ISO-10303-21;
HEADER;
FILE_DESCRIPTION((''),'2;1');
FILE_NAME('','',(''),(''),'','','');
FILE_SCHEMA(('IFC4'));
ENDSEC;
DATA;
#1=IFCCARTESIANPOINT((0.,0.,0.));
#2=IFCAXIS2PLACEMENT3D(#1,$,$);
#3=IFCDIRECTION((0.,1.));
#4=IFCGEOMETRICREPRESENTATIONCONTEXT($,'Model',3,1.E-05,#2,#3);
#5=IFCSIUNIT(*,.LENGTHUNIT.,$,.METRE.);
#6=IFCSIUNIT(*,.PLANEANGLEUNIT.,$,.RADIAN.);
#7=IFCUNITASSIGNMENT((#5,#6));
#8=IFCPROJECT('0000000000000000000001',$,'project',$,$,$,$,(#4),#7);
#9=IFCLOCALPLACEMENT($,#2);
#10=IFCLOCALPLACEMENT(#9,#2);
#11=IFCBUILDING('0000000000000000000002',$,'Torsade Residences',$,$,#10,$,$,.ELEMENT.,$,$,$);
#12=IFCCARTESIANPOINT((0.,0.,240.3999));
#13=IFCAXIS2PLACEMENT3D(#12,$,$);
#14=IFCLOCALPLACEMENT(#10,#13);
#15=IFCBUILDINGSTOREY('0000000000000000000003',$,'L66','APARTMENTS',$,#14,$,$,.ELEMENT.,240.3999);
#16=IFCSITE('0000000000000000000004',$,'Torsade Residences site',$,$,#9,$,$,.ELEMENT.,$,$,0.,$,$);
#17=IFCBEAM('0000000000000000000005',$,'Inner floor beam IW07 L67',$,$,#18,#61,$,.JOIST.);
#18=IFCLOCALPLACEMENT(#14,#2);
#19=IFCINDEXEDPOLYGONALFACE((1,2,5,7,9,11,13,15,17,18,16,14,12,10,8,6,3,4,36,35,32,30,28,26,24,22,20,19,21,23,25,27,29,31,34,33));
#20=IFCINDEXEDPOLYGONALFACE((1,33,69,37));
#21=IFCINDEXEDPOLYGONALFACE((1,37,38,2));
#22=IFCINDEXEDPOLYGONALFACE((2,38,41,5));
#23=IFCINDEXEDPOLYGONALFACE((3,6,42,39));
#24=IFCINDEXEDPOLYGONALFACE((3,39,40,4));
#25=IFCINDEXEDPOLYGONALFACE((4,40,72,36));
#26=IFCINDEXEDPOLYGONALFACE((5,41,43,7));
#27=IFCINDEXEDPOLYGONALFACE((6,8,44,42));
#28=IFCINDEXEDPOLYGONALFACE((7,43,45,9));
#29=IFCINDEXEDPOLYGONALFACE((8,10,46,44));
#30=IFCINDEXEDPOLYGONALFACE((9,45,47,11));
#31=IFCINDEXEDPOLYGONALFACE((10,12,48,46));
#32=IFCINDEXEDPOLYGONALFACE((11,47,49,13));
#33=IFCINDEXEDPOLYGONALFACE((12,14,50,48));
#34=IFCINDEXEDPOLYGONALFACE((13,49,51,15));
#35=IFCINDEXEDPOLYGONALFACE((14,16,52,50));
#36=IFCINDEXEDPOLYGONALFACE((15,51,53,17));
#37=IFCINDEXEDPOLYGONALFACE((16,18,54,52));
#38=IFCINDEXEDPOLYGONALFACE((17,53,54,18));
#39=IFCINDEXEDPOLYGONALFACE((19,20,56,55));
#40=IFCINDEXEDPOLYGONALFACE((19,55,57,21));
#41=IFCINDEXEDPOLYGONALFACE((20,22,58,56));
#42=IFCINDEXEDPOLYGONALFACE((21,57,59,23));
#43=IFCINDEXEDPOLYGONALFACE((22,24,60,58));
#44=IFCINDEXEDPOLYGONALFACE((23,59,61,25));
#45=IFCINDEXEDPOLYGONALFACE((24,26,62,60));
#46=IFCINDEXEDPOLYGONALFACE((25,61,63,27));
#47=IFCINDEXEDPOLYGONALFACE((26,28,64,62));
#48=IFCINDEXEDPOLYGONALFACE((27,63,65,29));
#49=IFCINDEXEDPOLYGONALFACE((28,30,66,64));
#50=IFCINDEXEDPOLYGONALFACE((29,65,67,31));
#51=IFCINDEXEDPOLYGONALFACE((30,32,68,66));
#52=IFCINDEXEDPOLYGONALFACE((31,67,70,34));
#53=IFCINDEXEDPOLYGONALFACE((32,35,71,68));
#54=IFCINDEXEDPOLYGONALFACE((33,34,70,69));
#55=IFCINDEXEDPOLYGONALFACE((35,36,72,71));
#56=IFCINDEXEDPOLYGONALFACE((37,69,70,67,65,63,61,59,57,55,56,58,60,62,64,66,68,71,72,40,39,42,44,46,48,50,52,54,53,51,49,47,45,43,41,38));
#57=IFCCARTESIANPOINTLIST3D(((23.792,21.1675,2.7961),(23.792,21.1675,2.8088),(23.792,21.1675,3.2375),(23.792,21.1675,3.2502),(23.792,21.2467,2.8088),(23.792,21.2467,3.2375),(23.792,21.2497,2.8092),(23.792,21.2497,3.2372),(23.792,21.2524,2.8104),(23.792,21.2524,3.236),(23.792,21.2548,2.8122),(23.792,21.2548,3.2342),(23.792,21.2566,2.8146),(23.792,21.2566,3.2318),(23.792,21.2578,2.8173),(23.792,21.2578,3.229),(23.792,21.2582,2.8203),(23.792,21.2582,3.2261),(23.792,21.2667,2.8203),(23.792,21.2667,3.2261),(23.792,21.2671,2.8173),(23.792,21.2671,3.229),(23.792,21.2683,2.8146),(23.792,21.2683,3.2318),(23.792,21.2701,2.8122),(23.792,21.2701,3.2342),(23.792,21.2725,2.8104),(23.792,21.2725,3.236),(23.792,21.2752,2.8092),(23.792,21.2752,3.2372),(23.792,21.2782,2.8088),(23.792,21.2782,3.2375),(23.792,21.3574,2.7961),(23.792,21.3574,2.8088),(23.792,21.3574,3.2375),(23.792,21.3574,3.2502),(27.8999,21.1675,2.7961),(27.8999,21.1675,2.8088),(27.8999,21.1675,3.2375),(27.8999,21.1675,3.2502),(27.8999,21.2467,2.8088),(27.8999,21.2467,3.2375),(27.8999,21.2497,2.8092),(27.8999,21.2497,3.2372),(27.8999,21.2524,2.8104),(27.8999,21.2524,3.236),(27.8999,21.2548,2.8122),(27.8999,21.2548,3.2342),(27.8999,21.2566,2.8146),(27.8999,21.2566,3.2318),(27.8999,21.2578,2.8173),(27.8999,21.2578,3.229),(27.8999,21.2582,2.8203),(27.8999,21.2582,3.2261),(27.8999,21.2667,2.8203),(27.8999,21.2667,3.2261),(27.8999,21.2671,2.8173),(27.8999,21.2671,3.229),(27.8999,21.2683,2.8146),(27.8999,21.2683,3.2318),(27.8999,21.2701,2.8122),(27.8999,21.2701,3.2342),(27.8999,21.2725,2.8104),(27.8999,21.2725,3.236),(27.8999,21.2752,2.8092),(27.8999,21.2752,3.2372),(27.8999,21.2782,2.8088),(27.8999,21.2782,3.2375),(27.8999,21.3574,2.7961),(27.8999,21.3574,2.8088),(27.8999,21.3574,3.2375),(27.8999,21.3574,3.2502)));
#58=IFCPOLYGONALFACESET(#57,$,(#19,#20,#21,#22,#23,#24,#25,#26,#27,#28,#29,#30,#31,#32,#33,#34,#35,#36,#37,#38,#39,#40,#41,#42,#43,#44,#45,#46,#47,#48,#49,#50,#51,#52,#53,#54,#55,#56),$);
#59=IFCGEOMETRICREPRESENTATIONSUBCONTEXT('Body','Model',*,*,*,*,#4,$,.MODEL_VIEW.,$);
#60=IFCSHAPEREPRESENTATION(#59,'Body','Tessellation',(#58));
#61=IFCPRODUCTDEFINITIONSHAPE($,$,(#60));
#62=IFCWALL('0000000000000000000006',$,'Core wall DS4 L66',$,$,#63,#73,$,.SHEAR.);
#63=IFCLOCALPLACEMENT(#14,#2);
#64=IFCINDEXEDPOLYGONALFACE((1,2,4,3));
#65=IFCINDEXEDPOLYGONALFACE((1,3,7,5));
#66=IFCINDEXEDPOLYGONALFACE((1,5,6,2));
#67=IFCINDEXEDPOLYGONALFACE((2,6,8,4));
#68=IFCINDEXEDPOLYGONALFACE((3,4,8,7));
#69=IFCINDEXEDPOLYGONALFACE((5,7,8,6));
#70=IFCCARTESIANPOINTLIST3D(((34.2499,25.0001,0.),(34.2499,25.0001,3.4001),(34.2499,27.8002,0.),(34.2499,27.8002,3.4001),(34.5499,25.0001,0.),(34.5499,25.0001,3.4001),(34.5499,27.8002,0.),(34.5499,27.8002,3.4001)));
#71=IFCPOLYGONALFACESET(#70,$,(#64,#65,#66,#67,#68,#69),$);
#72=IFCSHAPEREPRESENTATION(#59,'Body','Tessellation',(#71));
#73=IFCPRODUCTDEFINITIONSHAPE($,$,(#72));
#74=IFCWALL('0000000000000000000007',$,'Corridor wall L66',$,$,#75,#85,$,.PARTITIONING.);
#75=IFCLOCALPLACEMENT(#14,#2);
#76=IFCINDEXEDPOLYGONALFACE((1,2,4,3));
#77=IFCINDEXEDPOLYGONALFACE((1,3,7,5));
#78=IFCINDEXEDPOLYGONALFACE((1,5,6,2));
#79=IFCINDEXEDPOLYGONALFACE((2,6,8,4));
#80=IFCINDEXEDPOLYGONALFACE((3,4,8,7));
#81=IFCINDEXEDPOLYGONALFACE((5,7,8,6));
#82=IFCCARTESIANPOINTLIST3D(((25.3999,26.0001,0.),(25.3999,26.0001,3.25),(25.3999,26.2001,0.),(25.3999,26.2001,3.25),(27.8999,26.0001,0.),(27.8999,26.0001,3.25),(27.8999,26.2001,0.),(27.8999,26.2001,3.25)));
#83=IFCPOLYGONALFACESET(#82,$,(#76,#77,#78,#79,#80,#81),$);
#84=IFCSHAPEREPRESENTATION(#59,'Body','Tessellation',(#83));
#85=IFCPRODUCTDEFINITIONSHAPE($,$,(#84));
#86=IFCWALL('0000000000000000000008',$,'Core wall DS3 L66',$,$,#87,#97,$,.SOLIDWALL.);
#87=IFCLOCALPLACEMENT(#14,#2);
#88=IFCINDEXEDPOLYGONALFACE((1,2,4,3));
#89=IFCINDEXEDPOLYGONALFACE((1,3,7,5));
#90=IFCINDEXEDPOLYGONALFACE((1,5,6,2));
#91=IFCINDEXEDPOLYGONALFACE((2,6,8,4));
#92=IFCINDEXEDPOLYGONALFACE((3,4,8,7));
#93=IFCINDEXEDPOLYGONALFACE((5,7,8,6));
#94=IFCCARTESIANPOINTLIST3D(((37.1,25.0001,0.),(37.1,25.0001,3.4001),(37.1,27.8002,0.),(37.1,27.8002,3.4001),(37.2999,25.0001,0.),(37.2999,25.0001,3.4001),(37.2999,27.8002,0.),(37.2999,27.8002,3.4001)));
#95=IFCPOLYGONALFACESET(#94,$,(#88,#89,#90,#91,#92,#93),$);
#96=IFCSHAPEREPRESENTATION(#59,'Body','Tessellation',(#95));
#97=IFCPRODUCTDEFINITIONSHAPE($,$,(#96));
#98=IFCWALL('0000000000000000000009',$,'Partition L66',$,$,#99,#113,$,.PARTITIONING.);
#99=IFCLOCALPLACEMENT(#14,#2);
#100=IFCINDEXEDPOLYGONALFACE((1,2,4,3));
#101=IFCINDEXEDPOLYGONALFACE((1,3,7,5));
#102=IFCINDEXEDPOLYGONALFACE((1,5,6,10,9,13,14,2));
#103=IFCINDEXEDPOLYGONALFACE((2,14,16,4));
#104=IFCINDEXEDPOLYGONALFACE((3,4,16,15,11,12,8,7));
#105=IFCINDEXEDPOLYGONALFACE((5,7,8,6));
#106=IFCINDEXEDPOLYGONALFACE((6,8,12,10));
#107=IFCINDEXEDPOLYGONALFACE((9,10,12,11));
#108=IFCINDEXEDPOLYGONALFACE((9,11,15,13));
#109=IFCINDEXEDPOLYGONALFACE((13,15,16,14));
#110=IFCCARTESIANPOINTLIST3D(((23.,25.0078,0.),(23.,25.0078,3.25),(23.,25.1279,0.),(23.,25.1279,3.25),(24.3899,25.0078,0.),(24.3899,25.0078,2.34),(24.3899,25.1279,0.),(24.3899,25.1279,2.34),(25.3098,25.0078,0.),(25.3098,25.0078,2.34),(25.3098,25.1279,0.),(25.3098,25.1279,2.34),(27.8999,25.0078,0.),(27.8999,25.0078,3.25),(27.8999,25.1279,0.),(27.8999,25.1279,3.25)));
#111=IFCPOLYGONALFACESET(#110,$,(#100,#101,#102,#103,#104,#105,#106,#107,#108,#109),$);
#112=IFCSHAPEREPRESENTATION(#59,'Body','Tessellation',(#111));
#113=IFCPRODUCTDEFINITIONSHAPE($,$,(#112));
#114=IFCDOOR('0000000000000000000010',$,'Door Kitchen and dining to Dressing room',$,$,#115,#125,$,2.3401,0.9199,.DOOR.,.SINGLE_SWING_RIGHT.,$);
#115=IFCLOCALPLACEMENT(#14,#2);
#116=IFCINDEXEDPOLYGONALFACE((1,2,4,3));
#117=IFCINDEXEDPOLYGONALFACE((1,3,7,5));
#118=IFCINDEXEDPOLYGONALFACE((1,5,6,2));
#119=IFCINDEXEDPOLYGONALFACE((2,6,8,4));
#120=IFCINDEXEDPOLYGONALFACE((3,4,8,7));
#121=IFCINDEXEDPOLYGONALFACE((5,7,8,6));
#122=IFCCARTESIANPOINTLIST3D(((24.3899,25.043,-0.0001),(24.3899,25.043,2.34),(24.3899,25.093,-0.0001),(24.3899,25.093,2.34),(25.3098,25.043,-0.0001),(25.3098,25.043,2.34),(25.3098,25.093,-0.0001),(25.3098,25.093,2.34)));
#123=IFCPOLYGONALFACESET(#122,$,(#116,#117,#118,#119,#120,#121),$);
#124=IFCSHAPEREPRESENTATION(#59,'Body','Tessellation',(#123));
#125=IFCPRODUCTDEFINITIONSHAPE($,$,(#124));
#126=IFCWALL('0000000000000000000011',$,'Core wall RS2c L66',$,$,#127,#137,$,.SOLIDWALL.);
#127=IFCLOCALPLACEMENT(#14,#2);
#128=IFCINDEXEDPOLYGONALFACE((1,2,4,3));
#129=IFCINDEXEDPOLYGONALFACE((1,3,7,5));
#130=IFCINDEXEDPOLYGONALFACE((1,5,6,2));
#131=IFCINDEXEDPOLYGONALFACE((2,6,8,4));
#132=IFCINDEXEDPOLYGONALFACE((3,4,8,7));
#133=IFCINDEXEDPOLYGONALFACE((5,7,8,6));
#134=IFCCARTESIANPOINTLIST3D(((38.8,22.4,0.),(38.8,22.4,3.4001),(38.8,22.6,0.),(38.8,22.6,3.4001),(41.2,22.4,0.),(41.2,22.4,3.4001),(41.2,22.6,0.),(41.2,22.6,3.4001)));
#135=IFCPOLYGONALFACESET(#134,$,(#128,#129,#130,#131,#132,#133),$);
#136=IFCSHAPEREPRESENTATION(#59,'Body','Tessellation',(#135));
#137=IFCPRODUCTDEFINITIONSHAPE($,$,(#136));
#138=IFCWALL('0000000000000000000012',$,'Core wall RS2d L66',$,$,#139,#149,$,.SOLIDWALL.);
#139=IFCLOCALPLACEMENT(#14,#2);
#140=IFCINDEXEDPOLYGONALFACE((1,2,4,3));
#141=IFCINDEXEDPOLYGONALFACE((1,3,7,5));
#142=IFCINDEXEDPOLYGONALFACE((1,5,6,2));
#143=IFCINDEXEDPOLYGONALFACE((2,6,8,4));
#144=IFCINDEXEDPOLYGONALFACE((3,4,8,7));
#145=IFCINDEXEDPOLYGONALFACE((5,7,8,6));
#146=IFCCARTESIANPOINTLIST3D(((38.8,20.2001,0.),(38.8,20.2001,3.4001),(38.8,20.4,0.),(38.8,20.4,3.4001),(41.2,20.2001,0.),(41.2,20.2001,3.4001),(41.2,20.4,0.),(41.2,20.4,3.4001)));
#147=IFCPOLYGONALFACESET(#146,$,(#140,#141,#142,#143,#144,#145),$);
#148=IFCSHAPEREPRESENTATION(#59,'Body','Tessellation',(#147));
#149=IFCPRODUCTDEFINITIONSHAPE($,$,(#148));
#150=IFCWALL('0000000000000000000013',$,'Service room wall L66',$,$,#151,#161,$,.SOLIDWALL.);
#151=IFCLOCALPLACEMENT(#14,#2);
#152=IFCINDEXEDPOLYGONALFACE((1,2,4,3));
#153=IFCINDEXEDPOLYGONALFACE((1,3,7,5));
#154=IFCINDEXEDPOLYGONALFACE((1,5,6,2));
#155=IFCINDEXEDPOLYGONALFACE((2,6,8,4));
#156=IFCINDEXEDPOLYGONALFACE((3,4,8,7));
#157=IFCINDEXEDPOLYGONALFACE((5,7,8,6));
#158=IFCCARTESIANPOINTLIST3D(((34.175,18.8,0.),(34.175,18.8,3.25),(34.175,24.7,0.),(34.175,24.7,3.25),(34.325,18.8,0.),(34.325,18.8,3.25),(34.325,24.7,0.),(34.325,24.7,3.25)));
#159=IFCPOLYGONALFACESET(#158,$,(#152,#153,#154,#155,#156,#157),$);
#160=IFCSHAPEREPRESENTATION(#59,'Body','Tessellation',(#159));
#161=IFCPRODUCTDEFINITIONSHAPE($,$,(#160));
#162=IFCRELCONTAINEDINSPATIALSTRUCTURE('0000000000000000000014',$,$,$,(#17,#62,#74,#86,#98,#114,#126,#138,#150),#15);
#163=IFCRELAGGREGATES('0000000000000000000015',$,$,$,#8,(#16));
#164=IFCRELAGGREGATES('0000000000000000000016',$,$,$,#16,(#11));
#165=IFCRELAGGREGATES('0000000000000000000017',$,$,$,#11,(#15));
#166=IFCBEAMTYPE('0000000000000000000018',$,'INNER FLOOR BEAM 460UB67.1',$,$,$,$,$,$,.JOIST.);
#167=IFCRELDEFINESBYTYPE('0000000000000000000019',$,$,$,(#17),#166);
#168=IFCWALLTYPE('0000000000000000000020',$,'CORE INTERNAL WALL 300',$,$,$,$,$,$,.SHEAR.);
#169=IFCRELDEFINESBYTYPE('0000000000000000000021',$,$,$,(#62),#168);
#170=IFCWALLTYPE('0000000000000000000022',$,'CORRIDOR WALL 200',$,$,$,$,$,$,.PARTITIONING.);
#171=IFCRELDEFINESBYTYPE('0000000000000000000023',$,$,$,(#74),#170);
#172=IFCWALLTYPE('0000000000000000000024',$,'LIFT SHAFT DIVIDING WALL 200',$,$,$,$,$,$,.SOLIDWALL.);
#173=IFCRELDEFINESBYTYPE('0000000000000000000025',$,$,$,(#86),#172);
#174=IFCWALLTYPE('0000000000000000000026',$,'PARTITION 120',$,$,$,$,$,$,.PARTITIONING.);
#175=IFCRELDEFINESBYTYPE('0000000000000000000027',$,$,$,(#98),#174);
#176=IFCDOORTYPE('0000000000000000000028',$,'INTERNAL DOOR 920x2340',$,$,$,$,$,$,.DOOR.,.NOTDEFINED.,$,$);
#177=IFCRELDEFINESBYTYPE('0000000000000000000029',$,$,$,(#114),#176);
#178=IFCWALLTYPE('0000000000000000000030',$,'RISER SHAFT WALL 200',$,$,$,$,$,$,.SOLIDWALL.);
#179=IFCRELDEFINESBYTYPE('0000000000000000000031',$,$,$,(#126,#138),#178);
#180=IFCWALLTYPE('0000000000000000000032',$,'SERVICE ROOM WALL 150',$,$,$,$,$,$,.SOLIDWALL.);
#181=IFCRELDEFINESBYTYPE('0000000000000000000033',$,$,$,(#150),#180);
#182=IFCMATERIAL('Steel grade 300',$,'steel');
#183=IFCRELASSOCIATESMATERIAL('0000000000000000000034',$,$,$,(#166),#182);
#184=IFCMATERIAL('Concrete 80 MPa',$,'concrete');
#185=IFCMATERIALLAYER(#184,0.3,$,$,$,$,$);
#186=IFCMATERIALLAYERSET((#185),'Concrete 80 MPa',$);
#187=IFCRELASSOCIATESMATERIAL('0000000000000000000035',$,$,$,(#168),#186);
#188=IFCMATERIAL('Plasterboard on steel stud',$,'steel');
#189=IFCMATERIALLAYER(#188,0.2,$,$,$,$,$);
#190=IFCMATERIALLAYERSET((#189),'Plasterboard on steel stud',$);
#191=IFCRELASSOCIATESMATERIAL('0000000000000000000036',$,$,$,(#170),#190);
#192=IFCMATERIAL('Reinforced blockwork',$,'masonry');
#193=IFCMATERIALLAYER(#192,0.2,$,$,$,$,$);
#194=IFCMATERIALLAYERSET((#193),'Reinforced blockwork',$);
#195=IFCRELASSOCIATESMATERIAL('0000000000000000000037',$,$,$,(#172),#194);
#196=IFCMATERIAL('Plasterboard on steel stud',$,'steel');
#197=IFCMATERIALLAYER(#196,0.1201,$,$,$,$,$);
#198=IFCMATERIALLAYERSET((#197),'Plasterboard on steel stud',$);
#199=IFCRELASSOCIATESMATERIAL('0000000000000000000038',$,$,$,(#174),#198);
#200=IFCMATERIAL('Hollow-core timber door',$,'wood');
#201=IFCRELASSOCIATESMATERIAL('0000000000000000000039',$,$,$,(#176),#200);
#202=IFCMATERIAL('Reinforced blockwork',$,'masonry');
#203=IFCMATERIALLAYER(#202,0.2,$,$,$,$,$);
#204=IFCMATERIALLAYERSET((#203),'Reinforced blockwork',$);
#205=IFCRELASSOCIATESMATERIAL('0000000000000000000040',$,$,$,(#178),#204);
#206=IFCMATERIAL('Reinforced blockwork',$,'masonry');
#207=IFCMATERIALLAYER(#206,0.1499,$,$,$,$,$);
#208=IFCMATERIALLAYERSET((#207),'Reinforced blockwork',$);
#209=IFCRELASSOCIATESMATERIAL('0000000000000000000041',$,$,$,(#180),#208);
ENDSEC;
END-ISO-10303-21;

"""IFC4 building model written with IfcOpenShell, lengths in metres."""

from ifc_helpers import new_model, si_unit, direction, frame, frame_2d, origin, origin_2d, place, context, subcontext, project, spatial, rectangle, i_section, extrude, material, layer, layer_set, material_profile, profile_set, type_object, element, fill, save


model = new_model("IFC4")

# Units and contexts
model_context = context("Model", 3, precision=1e-05, world=origin(), true_north=direction((0.0, 1.0)))
body_context = subcontext(model_context, "Body", "Model", "MODEL_VIEW")
ifc_project = project(units=[si_unit("LENGTHUNIT", "METRE"), si_unit("PLANEANGLEUNIT", "RADIAN")], contexts=[model_context])

# Site, building, storey
site_placement = place(None, origin())
site = spatial("IfcSite", under=ifc_project, at=site_placement, Name="Torsade Residences site", CompositionType="ELEMENT", RefElevation=0.0)
building_placement = place(site_placement, origin())
building = spatial("IfcBuilding", under=site, at=building_placement, Name="Torsade Residences", CompositionType="ELEMENT")
storey_placement = place(building_placement, frame((0.0, 0.0, 240.3999)))
storey = spatial("IfcBuildingStorey", under=building, at=storey_placement, Name="L66", Description="APARTMENTS", CompositionType="ELEMENT", Elevation=240.3999)

# Beam
ifc_material_1 = material(Name="Steel grade 300", Category="steel")
ifc_material_profile_1 = material_profile(ifc_material_1, i_section(OverallWidth=0.1899, OverallDepth=0.4541, WebThickness=0.0085, FlangeThickness=0.0127, FilletRadius=0.0115, at=origin_2d()), Name="460UB67.1")
ifc_profile_set_1 = profile_set([ifc_material_profile_1], Name="Steel grade 300")
beam_type = type_object("IfcBeamType", Name="INNER FLOOR BEAM 460UB67.1", PredefinedType="JOIST", material=ifc_profile_set_1)
beam_1_placement = place(storey_placement, frame((27.8999, 21.2625, 3.0232), z_axis=(-1.0, 0.0, 0.0), x_axis=(0.0, -1.0, 0.0)))
element("IfcBeam", 1, at=beam_1_placement, inside=storey, type_object=beam_type, Name="Inner floor beam IW07 L67", PredefinedType="JOIST", context=body_context, shape_type="SweptSolid", body=[
    extrude(i_section(OverallWidth=0.1899, OverallDepth=0.4541, WebThickness=0.0085, FlangeThickness=0.0127, FilletRadius=0.0115, at=origin_2d()), origin(), (0.0, 0.0, 1.0), 4.1079),
])

# Walls
ifc_material_2 = material(Name="Concrete 80 MPa", Category="concrete")
ifc_layer_1 = layer(ifc_material_2, 0.3)
ifc_layer_set_1 = layer_set([ifc_layer_1], Name="Concrete 80 MPa")
wall_type_1 = type_object("IfcWallType", Name="CORE INTERNAL WALL 300", PredefinedType="SHEAR", material=ifc_layer_set_1)
wall_1_placement = place(storey_placement, frame((34.3999, 27.8, 0.0), z_axis=(0.0, 0.0, 1.0), x_axis=(0.0, -1.0, 0.0)))
element("IfcWall", 2, at=wall_1_placement, inside=storey, type_object=wall_type_1, Name="Core wall DS4 L66", PredefinedType="SHEAR", context=body_context, shape_type="SweptSolid", body=[
    extrude(rectangle(XDim=2.8, YDim=0.3, at=frame_2d((1.3999, 0.0))), origin(), (0.0, 0.0, 1.0), 3.4001),
])
ifc_material_3 = material(Name="Plasterboard on steel stud", Category="steel")
ifc_layer_2 = layer(ifc_material_3, 0.2)
ifc_layer_set_2 = layer_set([ifc_layer_2], Name="Plasterboard on steel stud")
wall_type_2 = type_object("IfcWallType", Name="CORRIDOR WALL 200", PredefinedType="PARTITIONING", material=ifc_layer_set_2)
wall_2_placement = place(storey_placement, frame((27.8999, 26.1001, 0.0), z_axis=(0.0, 0.0, 1.0), x_axis=(-1.0, 0.0, 0.0)))
element("IfcWall", 3, at=wall_2_placement, inside=storey, type_object=wall_type_2, Name="Corridor wall L66", PredefinedType="PARTITIONING", context=body_context, shape_type="SweptSolid", body=[
    extrude(rectangle(XDim=2.5, YDim=0.2, at=frame_2d((1.25, 0.0))), origin(), (0.0, 0.0, 1.0), 3.25),
])
ifc_material_4 = material(Name="Reinforced blockwork", Category="masonry")
ifc_layer_3 = layer(ifc_material_4, 0.2)
ifc_layer_set_3 = layer_set([ifc_layer_3], Name="Reinforced blockwork")
wall_type_3 = type_object("IfcWallType", Name="LIFT SHAFT DIVIDING WALL 200", PredefinedType="SOLIDWALL", material=ifc_layer_set_3)
wall_3_placement = place(storey_placement, frame((37.2, 27.8, 0.0), z_axis=(0.0, 0.0, 1.0), x_axis=(0.0, -1.0, 0.0)))
element("IfcWall", 4, at=wall_3_placement, inside=storey, type_object=wall_type_3, Name="Core wall DS3 L66", PredefinedType="SOLIDWALL", context=body_context, shape_type="SweptSolid", body=[
    extrude(rectangle(XDim=2.8, YDim=0.2, at=frame_2d((1.3999, 0.0))), origin(), (0.0, 0.0, 1.0), 3.4001),
])

# Wall, opening, door
ifc_material_5 = material(Name="Plasterboard on steel stud", Category="steel")
ifc_layer_4 = layer(ifc_material_5, 0.1201)
ifc_layer_set_4 = layer_set([ifc_layer_4], Name="Plasterboard on steel stud")
wall_type_4 = type_object("IfcWallType", Name="PARTITION 120", PredefinedType="PARTITIONING", material=ifc_layer_set_4)
wall_4_placement = place(storey_placement, frame((27.8999, 25.0679, 0.0), z_axis=(0.0, 0.0, 1.0), x_axis=(-1.0, 0.0, 0.0)))
wall_4 = element("IfcWall", 5, at=wall_4_placement, inside=storey, type_object=wall_type_4, Name="Partition L66", PredefinedType="PARTITIONING", context=body_context, shape_type="SweptSolid", body=[
    extrude(rectangle(XDim=4.8999, YDim=0.1201, at=frame_2d((2.45, 0.0))), origin(), (0.0, 0.0, 1.0), 3.25),
])
opening_1_placement = place(wall_4_placement, frame((2.5901, 0.0, 0.0)))
opening_1 = element("IfcOpeningElement", 6, at=opening_1_placement, cuts=wall_4, PredefinedType="OPENING", context=body_context, shape_type="SweptSolid", body=[
    extrude(rectangle(XDim=0.9199, YDim=2.3401, at=frame_2d((0.46, 1.1699))), frame((0.0, 0.0701, 0.0), z_axis=(0.0, -1.0, 0.0), x_axis=(1.0, 0.0, 0.0)), (0.0, 0.0, 1.0), 0.1401),
])
ifc_material_6 = material(Name="Hollow-core timber door", Category="wood")
door_type_1 = type_object("IfcDoorType", Name="INTERNAL DOOR 920x2340", OperationType="NOTDEFINED", PredefinedType="DOOR", material=ifc_material_6)
door_1_placement = place(opening_1_placement, origin())
door_1 = element("IfcDoor", 7, at=door_1_placement, inside=storey, type_object=door_type_1, Name="Door Kitchen and dining to Dressing room", OperationType="SINGLE_SWING_RIGHT", OverallHeight=2.3401, OverallWidth=0.9199, PredefinedType="DOOR", context=body_context, shape_type="SweptSolid", body=[
    extrude(rectangle(XDim=0.9199, YDim=2.3401, at=frame_2d((0.46, 1.1699))), frame((0.0, 0.0249, 0.0), z_axis=(0.0, -1.0, 0.0), x_axis=(1.0, 0.0, 0.0)), (0.0, 0.0, 1.0), 0.05),
])
fill(opening_1, door_1)

# Walls
ifc_material_7 = material(Name="Reinforced blockwork", Category="masonry")
ifc_layer_5 = layer(ifc_material_7, 0.2)
ifc_layer_set_5 = layer_set([ifc_layer_5], Name="Reinforced blockwork")
wall_type_5 = type_object("IfcWallType", Name="RISER SHAFT WALL 200", PredefinedType="SOLIDWALL", material=ifc_layer_set_5)
for number, where, z_axis, x_axis, name in (
    (8, (38.8, 22.5, 0.0), (0.0, 0.0, 1.0), (1.0, 0.0, 0.0), "Core wall RS2c L66"),
    (9, (38.8, 20.3, 0.0), (0.0, 0.0, 1.0), (1.0, 0.0, 0.0), "Core wall RS2d L66"),
):
    element("IfcWall", number, at=place(storey_placement, frame(where, z_axis=z_axis, x_axis=x_axis)), inside=storey, type_object=wall_type_5, Name=name, PredefinedType="SOLIDWALL", context=body_context, shape_type="SweptSolid", body=[
        extrude(rectangle(XDim=2.3999, YDim=0.2, at=frame_2d((1.2, 0.0))), origin(), (0.0, 0.0, 1.0), 3.4001),
    ])
ifc_material_8 = material(Name="Reinforced blockwork", Category="masonry")
ifc_layer_6 = layer(ifc_material_8, 0.1499)
ifc_layer_set_6 = layer_set([ifc_layer_6], Name="Reinforced blockwork")
wall_type_6 = type_object("IfcWallType", Name="SERVICE ROOM WALL 150", PredefinedType="SOLIDWALL", material=ifc_layer_set_6)
wall_5_placement = place(storey_placement, frame((34.25, 18.8, 0.0), z_axis=(0.0, 0.0, 1.0), x_axis=(0.0, 1.0, 0.0)))
element("IfcWall", 10, at=wall_5_placement, inside=storey, type_object=wall_type_6, Name="Service room wall L66", PredefinedType="SOLIDWALL", context=body_context, shape_type="SweptSolid", body=[
    extrude(rectangle(XDim=5.8999, YDim=0.1499, at=frame_2d((2.95, 0.0))), origin(), (0.0, 0.0, 1.0), 3.25),
])

save(model, "model.ifc")
